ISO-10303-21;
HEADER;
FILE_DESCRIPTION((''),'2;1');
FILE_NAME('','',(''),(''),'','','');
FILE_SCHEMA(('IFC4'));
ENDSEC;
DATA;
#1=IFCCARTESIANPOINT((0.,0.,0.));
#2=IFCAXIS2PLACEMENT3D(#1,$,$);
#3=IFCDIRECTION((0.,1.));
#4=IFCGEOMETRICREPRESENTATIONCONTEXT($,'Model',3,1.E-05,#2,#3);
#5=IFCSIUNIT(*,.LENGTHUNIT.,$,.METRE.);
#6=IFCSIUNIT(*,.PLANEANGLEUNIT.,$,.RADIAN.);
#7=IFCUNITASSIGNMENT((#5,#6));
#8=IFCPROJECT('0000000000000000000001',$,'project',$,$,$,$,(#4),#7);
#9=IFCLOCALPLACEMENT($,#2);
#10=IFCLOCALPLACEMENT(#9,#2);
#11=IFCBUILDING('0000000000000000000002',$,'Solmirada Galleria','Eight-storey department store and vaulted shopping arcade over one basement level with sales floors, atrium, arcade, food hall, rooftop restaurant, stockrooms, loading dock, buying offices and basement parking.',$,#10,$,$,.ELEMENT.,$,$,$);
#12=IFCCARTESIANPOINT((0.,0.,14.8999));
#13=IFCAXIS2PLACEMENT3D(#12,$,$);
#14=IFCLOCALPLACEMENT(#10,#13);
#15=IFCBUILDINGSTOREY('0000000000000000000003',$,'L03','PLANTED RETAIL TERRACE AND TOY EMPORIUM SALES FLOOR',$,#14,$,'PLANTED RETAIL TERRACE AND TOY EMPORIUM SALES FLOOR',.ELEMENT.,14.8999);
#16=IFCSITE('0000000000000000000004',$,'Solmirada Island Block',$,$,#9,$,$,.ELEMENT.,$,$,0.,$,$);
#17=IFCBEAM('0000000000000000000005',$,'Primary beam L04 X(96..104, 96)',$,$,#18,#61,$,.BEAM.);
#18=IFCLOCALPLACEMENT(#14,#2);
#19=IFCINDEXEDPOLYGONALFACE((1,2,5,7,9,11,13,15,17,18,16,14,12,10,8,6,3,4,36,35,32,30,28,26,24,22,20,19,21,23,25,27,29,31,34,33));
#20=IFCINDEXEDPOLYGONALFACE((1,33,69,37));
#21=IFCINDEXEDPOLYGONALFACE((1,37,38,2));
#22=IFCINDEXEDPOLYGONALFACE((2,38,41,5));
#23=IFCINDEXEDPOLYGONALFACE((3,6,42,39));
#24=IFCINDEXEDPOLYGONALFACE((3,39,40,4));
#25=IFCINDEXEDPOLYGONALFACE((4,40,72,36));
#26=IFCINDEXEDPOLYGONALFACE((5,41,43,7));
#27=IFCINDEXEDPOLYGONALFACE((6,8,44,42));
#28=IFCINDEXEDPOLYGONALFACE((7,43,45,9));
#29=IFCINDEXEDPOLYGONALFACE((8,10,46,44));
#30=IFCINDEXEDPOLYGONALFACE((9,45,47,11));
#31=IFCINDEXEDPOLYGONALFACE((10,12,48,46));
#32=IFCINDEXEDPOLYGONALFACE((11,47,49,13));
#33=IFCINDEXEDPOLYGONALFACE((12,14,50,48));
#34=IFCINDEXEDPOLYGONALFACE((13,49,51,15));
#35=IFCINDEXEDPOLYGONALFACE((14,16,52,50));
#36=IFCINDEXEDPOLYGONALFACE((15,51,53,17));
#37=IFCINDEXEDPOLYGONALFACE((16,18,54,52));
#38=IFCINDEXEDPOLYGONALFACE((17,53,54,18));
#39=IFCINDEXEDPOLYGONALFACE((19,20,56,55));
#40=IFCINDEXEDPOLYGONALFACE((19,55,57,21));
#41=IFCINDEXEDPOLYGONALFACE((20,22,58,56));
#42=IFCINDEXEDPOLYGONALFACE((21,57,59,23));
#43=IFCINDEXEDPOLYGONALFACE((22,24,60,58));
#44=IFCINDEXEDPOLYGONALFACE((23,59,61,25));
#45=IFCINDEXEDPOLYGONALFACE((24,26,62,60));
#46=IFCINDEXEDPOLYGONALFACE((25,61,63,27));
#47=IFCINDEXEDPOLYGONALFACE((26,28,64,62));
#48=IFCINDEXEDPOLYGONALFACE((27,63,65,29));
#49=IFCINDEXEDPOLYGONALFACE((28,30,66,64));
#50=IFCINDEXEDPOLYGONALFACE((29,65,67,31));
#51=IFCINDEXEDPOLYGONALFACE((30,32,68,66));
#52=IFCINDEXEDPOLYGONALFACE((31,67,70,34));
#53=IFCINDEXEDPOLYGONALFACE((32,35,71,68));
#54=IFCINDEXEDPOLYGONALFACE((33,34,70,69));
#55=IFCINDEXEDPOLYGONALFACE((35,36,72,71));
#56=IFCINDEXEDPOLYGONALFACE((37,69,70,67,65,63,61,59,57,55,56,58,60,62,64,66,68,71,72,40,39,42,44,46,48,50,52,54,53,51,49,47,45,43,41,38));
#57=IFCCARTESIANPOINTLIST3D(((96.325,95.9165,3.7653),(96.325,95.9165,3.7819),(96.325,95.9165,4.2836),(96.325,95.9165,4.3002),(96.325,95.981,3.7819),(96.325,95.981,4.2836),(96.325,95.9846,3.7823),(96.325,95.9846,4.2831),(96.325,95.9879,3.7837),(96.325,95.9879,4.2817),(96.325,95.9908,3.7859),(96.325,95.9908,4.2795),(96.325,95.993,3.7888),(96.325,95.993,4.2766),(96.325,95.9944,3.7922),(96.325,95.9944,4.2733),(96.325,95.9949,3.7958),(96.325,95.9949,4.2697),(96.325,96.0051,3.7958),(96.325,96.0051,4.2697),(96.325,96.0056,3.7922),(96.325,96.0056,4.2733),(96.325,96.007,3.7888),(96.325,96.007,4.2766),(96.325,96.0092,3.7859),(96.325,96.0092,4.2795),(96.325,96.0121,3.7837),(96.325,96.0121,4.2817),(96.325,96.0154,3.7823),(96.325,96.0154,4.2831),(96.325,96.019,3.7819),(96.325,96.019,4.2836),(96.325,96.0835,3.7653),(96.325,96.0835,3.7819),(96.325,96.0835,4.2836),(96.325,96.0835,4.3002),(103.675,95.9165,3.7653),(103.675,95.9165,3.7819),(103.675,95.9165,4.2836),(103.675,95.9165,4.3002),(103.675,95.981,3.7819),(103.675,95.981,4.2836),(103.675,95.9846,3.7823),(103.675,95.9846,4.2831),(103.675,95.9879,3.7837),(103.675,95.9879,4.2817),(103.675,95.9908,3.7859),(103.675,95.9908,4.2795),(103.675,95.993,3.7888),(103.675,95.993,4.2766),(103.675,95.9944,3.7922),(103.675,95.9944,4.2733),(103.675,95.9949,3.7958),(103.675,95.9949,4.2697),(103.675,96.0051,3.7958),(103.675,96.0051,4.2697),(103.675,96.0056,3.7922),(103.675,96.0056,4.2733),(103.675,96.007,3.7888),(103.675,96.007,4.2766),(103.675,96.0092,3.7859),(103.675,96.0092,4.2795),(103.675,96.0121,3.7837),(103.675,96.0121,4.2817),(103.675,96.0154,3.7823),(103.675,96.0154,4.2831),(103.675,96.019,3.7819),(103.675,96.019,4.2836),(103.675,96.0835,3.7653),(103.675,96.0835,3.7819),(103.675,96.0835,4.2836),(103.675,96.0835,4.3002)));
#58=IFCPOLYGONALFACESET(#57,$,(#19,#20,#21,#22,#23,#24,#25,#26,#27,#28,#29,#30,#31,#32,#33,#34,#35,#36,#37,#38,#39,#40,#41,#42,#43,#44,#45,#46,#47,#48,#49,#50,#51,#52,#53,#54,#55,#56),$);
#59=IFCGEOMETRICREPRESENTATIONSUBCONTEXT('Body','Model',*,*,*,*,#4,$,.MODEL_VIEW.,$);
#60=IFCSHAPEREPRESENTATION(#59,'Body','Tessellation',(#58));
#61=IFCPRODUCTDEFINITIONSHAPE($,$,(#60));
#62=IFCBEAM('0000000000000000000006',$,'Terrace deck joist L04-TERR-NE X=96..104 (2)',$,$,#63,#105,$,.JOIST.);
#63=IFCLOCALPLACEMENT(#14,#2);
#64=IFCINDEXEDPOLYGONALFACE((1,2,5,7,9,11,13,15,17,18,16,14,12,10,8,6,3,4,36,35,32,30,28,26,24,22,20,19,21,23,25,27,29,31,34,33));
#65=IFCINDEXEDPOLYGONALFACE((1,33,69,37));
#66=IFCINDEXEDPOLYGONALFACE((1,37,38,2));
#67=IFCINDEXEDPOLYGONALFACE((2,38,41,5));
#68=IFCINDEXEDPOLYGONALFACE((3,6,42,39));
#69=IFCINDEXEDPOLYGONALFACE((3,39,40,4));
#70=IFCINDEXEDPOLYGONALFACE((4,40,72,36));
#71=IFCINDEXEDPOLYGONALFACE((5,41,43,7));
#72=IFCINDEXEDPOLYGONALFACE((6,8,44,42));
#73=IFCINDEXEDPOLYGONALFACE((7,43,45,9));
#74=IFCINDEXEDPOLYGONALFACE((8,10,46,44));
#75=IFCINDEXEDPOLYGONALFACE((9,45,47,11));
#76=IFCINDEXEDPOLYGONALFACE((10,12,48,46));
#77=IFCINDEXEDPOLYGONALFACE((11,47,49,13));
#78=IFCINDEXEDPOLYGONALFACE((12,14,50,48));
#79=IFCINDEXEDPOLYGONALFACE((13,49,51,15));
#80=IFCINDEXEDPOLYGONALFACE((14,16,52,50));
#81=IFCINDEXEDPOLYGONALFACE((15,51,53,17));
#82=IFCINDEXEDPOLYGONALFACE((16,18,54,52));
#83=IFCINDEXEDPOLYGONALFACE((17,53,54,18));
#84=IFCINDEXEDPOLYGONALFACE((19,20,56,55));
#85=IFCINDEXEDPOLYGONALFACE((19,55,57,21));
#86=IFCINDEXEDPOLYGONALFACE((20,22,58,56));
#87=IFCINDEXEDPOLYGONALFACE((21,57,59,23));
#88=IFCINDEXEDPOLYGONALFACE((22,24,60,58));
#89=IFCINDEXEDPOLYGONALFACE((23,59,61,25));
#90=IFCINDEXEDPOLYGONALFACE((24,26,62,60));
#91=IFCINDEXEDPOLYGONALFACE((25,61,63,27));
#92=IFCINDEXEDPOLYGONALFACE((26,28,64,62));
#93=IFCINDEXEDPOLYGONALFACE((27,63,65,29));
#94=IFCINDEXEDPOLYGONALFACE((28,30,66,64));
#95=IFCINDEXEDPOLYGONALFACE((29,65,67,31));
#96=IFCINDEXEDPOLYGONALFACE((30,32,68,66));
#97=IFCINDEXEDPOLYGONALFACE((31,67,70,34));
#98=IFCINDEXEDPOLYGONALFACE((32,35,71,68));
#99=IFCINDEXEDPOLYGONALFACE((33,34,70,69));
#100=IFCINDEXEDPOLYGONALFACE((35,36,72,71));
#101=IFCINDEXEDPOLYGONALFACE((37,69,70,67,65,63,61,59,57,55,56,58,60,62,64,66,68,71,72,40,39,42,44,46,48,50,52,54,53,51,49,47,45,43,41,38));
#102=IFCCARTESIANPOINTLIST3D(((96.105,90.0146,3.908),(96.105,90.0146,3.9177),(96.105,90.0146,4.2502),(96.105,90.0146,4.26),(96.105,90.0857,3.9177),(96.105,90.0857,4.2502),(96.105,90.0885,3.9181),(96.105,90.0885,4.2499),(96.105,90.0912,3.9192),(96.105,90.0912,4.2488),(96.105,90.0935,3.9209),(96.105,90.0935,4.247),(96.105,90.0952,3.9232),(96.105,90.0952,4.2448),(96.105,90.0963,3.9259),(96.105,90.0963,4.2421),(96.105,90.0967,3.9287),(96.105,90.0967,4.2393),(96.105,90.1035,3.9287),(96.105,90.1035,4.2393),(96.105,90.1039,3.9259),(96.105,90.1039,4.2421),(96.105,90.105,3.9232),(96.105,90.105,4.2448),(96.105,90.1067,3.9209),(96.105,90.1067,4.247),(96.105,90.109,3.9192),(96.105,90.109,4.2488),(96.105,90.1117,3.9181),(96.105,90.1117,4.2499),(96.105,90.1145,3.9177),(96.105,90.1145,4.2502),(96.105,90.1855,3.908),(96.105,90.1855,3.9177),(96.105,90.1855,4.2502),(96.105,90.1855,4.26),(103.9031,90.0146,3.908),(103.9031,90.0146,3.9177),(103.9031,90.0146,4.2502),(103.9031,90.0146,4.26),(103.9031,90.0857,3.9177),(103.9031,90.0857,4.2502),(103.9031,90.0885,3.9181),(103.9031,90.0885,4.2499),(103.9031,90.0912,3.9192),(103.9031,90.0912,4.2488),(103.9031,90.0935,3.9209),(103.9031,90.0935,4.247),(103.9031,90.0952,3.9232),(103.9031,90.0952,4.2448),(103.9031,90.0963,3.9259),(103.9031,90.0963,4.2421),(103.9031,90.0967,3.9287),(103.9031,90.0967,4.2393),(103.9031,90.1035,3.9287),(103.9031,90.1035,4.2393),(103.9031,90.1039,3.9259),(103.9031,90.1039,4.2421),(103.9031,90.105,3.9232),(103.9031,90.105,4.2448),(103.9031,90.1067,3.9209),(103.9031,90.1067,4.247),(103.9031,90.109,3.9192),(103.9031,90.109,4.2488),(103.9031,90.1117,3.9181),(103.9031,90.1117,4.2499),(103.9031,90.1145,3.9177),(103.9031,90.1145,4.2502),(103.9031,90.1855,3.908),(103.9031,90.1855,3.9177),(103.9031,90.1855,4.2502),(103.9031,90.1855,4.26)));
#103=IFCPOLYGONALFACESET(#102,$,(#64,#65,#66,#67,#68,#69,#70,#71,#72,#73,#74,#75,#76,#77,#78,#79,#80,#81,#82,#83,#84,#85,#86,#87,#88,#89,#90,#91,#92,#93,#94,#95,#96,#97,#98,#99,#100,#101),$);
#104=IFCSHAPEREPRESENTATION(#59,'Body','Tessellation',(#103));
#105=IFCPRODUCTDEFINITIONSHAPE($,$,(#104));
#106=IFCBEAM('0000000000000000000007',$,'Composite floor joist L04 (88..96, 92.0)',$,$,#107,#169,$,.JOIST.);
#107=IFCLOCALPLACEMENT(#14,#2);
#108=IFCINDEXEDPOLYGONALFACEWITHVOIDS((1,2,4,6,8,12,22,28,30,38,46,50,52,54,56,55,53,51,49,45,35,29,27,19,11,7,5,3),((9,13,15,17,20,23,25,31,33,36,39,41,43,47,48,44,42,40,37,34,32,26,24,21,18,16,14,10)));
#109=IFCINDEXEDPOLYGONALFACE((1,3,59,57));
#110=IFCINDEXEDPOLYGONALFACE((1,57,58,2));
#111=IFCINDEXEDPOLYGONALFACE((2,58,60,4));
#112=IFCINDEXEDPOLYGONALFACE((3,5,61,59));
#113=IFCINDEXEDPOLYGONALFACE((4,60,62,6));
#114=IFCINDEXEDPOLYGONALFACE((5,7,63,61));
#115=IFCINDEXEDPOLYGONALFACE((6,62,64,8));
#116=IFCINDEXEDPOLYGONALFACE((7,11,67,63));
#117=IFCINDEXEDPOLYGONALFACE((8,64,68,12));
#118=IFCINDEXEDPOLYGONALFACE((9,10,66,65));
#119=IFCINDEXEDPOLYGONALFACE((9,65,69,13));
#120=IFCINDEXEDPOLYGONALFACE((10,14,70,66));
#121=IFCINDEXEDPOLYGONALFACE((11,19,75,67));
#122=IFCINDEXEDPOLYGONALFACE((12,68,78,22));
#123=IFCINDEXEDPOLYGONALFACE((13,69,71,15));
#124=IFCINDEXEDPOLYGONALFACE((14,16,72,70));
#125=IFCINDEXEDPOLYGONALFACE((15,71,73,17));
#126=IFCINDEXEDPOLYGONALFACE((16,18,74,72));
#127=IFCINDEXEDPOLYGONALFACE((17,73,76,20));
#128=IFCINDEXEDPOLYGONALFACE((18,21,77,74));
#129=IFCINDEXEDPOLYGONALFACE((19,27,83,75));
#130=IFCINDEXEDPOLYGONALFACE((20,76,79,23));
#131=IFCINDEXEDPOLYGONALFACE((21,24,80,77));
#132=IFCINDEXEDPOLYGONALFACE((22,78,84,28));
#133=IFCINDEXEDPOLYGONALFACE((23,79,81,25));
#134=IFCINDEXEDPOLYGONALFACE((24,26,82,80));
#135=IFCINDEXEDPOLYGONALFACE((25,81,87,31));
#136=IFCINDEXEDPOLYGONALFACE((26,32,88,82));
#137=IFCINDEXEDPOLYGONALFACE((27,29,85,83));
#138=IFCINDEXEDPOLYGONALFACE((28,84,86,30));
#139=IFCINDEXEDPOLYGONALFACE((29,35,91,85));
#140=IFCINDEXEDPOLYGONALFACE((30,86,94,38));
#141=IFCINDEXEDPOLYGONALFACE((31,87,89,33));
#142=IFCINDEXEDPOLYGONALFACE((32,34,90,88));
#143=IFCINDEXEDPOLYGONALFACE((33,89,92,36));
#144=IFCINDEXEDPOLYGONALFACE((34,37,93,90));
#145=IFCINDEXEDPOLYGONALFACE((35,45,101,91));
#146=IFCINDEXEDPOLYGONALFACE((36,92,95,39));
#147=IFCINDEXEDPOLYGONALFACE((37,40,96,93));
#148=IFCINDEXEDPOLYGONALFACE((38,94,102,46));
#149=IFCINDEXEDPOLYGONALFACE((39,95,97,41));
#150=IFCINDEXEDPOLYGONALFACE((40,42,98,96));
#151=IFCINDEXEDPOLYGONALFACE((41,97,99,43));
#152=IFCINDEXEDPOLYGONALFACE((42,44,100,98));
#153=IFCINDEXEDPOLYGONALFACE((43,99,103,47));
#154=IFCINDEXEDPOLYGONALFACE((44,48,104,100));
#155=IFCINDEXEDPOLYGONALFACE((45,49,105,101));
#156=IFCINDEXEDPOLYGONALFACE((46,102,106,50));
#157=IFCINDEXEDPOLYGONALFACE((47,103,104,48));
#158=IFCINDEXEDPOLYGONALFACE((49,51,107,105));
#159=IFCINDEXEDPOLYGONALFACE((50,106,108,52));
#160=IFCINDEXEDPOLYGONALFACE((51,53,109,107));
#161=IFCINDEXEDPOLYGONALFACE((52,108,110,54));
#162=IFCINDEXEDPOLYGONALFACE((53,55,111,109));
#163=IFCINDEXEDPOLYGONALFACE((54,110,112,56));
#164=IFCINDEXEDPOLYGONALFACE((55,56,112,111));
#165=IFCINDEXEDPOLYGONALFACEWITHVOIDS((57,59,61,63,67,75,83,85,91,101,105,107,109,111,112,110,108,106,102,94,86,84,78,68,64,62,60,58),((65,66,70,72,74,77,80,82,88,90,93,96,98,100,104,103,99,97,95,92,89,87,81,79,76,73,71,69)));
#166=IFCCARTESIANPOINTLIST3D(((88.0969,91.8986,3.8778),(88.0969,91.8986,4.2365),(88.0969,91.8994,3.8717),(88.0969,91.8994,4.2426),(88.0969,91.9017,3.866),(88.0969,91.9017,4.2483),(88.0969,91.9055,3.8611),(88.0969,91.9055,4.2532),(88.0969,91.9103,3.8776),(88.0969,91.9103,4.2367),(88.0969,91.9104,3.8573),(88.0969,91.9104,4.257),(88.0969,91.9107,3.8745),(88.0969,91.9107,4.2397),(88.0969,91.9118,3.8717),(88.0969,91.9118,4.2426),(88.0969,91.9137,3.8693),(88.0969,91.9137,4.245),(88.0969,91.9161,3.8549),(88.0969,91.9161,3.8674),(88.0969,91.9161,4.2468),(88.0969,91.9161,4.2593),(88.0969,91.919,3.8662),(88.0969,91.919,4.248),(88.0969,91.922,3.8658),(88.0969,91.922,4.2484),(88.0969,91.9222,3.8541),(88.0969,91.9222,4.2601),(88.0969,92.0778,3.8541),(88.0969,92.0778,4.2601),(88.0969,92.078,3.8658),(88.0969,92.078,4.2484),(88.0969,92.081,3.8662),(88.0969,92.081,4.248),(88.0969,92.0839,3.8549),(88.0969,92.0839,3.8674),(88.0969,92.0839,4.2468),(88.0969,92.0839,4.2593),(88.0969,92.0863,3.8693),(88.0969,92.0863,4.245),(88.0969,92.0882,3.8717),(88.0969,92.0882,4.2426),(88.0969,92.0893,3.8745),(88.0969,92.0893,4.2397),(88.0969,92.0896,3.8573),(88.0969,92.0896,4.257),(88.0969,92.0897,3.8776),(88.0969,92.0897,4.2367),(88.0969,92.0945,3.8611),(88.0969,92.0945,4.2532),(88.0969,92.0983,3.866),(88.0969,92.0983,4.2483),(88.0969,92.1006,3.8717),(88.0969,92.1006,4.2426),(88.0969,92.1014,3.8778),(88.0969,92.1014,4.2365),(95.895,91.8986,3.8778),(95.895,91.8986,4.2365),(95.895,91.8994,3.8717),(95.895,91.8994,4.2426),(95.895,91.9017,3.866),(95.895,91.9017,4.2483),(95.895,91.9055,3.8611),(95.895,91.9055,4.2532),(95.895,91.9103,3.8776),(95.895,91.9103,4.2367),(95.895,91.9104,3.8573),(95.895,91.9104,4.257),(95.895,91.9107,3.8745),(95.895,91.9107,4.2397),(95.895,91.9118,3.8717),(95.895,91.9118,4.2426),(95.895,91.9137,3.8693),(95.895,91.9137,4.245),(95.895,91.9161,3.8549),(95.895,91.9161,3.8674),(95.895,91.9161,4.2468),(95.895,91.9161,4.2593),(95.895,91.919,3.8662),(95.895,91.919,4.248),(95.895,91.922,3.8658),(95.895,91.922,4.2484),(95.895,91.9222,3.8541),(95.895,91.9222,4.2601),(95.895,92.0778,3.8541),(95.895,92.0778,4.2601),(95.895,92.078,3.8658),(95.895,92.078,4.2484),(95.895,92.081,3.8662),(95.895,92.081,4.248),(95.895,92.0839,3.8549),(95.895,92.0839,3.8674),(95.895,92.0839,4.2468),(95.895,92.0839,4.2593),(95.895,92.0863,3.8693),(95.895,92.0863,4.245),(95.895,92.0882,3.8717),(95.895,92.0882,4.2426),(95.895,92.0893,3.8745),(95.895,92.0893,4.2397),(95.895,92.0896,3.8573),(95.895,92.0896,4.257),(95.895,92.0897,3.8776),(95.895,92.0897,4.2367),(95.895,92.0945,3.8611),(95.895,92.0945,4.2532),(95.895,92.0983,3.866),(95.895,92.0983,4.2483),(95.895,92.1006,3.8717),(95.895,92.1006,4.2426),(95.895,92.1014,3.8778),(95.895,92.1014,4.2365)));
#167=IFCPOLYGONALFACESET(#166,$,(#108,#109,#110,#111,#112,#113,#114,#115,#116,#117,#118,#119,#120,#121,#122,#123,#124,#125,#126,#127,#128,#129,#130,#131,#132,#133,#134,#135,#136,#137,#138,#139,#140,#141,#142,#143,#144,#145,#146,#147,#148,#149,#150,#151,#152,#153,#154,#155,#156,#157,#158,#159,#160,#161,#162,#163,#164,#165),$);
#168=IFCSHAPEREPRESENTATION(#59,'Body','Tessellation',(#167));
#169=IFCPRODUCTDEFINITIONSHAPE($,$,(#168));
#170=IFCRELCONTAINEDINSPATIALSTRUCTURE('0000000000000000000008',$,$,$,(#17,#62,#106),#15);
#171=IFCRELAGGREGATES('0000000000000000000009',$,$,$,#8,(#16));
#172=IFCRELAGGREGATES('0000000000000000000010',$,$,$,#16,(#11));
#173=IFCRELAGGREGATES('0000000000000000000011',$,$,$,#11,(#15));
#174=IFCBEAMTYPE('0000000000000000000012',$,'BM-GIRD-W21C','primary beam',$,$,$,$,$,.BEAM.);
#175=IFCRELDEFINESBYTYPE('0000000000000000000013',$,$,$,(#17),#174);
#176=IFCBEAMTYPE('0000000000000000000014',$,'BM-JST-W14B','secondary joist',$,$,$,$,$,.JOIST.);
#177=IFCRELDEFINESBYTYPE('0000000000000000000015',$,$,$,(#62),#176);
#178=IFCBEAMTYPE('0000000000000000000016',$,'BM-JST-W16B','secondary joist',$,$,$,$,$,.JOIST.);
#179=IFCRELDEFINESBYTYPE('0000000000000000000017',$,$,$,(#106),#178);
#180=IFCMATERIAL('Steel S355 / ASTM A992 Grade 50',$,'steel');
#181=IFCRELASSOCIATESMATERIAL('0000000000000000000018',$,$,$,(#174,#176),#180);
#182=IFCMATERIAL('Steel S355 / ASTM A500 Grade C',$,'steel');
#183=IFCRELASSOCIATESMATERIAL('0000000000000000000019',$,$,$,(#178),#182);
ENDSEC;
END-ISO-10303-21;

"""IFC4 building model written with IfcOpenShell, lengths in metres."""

from ifc_helpers import new_model, si_unit, direction, frame, origin, origin_2d, place, context, subcontext, project, spatial, hollow_rectangle, i_section, extrude, material, material_profile, profile_set, type_object, element, save


model = new_model("IFC4")

# Units and contexts
model_context = context("Model", 3, precision=1e-05, world=origin(), true_north=direction((0.0, 1.0)))
body_context = subcontext(model_context, "Body", "Model", "MODEL_VIEW")
ifc_project = project(units=[si_unit("LENGTHUNIT", "METRE"), si_unit("PLANEANGLEUNIT", "RADIAN")], contexts=[model_context])

# Site, building, storey
site_placement = place(None, origin())
site = spatial("IfcSite", under=ifc_project, at=site_placement, Name="Solmirada Island Block", CompositionType="ELEMENT", RefElevation=0.0)
building_placement = place(site_placement, origin())
building = spatial("IfcBuilding", under=site, at=building_placement, Name="Solmirada Galleria", Description="Eight-storey department store and vaulted shopping arcade over one basement level with sales floors, atrium, arcade, food hall, rooftop restaurant, stockrooms, loading dock, buying offices and basement parking.", CompositionType="ELEMENT")
storey_placement = place(building_placement, frame((0.0, 0.0, 14.8999)))
storey = spatial("IfcBuildingStorey", under=building, at=storey_placement, Name="L03", Description="PLANTED RETAIL TERRACE AND TOY EMPORIUM SALES FLOOR", LongName="PLANTED RETAIL TERRACE AND TOY EMPORIUM SALES FLOOR", CompositionType="ELEMENT", Elevation=14.8999)

# Shared definitions
ifc_material_1 = material(Name="Steel S355 / ASTM A500 Grade C", Category="steel")

# Beams
ifc_material_2 = material(Name="Steel S355 / ASTM A992 Grade 50", Category="steel")
ifc_material_profile_1 = material_profile(ifc_material_2, i_section(OverallWidth=0.167, OverallDepth=0.5349, WebThickness=0.0103, FlangeThickness=0.0166, FilletRadius=0.0139, at=origin_2d()), Name="W21X57")
ifc_profile_set_1 = profile_set([ifc_material_profile_1], Name="Steel S355 / ASTM A992 Grade 50")
beam_type_1 = type_object("IfcBeamType", Name="BM-GIRD-W21C", Description="primary beam", PredefinedType="BEAM", material=ifc_profile_set_1)
for number, where, z_axis, x_axis, name in (
    (1, (96.325, 96.0, 4.0327), (1.0, 0.0, 0.0), (0.0, 1.0, 0.0), "Primary beam L04 X(96..104, 96)"),
):
    element("IfcBeam", number, at=place(storey_placement, frame(where, z_axis=z_axis, x_axis=x_axis)), inside=storey, type_object=beam_type_1, Name=name, PredefinedType="BEAM", context=body_context, shape_type="SweptSolid", body=[
        extrude(i_section(OverallWidth=0.167, OverallDepth=0.5349, WebThickness=0.0103, FlangeThickness=0.0166, FilletRadius=0.0139, at=origin_2d()), origin(), (0.0, 0.0, 1.0), 7.3501),
    ])
ifc_material_profile_2 = material_profile(ifc_material_2, i_section(OverallWidth=0.1709, OverallDepth=0.3521, WebThickness=0.0068, FlangeThickness=0.0098, FilletRadius=0.011, at=origin_2d()), Name="W14X30")
ifc_profile_set_2 = profile_set([ifc_material_profile_2], Name="Steel S355 / ASTM A992 Grade 50")
beam_type_2 = type_object("IfcBeamType", Name="BM-JST-W14B", Description="secondary joist", PredefinedType="JOIST", material=ifc_profile_set_2)
beam_1_placement = place(storey_placement, frame((96.105, 90.1001, 4.084), z_axis=(1.0, 0.0, 0.0), x_axis=(0.0, 1.0, 0.0)))
element("IfcBeam", 2, at=beam_1_placement, inside=storey, type_object=beam_type_2, Name="Terrace deck joist L04-TERR-NE X=96..104 (2)", PredefinedType="JOIST", context=body_context, shape_type="SweptSolid", body=[
    extrude(i_section(OverallWidth=0.1709, OverallDepth=0.3521, WebThickness=0.0068, FlangeThickness=0.0098, FilletRadius=0.011, at=origin_2d()), origin(), (0.0, 0.0, 1.0), 7.7981),
])
ifc_material_profile_3 = material_profile(ifc_material_1, hollow_rectangle(XDim=0.2029, YDim=0.406, WallThickness=0.0117, InnerFilletRadius=0.0117, OuterFilletRadius=0.0237, at=origin_2d()), Name="HSS16X8X1/2")
ifc_profile_set_3 = profile_set([ifc_material_profile_3], Name="Steel S355 / ASTM A500 Grade C")
beam_type_3 = type_object("IfcBeamType", Name="BM-JST-W16B", Description="secondary joist", PredefinedType="JOIST", material=ifc_profile_set_3)
for number, where, z_axis, x_axis, name in (
    (3, (88.0969, 92.0, 4.0571), (1.0, 0.0, 0.0), (0.0, 1.0, 0.0), "Composite floor joist L04 (88..96, 92.0)"),
):
    element("IfcBeam", number, at=place(storey_placement, frame(where, z_axis=z_axis, x_axis=x_axis)), inside=storey, type_object=beam_type_3, Name=name, PredefinedType="JOIST", context=body_context, shape_type="SweptSolid", body=[
        extrude(hollow_rectangle(XDim=0.2029, YDim=0.406, WallThickness=0.0117, InnerFilletRadius=0.0117, OuterFilletRadius=0.0237, at=origin_2d()), origin(), (0.0, 0.0, 1.0), 7.7981),
    ])

save(model, "model.ifc")
